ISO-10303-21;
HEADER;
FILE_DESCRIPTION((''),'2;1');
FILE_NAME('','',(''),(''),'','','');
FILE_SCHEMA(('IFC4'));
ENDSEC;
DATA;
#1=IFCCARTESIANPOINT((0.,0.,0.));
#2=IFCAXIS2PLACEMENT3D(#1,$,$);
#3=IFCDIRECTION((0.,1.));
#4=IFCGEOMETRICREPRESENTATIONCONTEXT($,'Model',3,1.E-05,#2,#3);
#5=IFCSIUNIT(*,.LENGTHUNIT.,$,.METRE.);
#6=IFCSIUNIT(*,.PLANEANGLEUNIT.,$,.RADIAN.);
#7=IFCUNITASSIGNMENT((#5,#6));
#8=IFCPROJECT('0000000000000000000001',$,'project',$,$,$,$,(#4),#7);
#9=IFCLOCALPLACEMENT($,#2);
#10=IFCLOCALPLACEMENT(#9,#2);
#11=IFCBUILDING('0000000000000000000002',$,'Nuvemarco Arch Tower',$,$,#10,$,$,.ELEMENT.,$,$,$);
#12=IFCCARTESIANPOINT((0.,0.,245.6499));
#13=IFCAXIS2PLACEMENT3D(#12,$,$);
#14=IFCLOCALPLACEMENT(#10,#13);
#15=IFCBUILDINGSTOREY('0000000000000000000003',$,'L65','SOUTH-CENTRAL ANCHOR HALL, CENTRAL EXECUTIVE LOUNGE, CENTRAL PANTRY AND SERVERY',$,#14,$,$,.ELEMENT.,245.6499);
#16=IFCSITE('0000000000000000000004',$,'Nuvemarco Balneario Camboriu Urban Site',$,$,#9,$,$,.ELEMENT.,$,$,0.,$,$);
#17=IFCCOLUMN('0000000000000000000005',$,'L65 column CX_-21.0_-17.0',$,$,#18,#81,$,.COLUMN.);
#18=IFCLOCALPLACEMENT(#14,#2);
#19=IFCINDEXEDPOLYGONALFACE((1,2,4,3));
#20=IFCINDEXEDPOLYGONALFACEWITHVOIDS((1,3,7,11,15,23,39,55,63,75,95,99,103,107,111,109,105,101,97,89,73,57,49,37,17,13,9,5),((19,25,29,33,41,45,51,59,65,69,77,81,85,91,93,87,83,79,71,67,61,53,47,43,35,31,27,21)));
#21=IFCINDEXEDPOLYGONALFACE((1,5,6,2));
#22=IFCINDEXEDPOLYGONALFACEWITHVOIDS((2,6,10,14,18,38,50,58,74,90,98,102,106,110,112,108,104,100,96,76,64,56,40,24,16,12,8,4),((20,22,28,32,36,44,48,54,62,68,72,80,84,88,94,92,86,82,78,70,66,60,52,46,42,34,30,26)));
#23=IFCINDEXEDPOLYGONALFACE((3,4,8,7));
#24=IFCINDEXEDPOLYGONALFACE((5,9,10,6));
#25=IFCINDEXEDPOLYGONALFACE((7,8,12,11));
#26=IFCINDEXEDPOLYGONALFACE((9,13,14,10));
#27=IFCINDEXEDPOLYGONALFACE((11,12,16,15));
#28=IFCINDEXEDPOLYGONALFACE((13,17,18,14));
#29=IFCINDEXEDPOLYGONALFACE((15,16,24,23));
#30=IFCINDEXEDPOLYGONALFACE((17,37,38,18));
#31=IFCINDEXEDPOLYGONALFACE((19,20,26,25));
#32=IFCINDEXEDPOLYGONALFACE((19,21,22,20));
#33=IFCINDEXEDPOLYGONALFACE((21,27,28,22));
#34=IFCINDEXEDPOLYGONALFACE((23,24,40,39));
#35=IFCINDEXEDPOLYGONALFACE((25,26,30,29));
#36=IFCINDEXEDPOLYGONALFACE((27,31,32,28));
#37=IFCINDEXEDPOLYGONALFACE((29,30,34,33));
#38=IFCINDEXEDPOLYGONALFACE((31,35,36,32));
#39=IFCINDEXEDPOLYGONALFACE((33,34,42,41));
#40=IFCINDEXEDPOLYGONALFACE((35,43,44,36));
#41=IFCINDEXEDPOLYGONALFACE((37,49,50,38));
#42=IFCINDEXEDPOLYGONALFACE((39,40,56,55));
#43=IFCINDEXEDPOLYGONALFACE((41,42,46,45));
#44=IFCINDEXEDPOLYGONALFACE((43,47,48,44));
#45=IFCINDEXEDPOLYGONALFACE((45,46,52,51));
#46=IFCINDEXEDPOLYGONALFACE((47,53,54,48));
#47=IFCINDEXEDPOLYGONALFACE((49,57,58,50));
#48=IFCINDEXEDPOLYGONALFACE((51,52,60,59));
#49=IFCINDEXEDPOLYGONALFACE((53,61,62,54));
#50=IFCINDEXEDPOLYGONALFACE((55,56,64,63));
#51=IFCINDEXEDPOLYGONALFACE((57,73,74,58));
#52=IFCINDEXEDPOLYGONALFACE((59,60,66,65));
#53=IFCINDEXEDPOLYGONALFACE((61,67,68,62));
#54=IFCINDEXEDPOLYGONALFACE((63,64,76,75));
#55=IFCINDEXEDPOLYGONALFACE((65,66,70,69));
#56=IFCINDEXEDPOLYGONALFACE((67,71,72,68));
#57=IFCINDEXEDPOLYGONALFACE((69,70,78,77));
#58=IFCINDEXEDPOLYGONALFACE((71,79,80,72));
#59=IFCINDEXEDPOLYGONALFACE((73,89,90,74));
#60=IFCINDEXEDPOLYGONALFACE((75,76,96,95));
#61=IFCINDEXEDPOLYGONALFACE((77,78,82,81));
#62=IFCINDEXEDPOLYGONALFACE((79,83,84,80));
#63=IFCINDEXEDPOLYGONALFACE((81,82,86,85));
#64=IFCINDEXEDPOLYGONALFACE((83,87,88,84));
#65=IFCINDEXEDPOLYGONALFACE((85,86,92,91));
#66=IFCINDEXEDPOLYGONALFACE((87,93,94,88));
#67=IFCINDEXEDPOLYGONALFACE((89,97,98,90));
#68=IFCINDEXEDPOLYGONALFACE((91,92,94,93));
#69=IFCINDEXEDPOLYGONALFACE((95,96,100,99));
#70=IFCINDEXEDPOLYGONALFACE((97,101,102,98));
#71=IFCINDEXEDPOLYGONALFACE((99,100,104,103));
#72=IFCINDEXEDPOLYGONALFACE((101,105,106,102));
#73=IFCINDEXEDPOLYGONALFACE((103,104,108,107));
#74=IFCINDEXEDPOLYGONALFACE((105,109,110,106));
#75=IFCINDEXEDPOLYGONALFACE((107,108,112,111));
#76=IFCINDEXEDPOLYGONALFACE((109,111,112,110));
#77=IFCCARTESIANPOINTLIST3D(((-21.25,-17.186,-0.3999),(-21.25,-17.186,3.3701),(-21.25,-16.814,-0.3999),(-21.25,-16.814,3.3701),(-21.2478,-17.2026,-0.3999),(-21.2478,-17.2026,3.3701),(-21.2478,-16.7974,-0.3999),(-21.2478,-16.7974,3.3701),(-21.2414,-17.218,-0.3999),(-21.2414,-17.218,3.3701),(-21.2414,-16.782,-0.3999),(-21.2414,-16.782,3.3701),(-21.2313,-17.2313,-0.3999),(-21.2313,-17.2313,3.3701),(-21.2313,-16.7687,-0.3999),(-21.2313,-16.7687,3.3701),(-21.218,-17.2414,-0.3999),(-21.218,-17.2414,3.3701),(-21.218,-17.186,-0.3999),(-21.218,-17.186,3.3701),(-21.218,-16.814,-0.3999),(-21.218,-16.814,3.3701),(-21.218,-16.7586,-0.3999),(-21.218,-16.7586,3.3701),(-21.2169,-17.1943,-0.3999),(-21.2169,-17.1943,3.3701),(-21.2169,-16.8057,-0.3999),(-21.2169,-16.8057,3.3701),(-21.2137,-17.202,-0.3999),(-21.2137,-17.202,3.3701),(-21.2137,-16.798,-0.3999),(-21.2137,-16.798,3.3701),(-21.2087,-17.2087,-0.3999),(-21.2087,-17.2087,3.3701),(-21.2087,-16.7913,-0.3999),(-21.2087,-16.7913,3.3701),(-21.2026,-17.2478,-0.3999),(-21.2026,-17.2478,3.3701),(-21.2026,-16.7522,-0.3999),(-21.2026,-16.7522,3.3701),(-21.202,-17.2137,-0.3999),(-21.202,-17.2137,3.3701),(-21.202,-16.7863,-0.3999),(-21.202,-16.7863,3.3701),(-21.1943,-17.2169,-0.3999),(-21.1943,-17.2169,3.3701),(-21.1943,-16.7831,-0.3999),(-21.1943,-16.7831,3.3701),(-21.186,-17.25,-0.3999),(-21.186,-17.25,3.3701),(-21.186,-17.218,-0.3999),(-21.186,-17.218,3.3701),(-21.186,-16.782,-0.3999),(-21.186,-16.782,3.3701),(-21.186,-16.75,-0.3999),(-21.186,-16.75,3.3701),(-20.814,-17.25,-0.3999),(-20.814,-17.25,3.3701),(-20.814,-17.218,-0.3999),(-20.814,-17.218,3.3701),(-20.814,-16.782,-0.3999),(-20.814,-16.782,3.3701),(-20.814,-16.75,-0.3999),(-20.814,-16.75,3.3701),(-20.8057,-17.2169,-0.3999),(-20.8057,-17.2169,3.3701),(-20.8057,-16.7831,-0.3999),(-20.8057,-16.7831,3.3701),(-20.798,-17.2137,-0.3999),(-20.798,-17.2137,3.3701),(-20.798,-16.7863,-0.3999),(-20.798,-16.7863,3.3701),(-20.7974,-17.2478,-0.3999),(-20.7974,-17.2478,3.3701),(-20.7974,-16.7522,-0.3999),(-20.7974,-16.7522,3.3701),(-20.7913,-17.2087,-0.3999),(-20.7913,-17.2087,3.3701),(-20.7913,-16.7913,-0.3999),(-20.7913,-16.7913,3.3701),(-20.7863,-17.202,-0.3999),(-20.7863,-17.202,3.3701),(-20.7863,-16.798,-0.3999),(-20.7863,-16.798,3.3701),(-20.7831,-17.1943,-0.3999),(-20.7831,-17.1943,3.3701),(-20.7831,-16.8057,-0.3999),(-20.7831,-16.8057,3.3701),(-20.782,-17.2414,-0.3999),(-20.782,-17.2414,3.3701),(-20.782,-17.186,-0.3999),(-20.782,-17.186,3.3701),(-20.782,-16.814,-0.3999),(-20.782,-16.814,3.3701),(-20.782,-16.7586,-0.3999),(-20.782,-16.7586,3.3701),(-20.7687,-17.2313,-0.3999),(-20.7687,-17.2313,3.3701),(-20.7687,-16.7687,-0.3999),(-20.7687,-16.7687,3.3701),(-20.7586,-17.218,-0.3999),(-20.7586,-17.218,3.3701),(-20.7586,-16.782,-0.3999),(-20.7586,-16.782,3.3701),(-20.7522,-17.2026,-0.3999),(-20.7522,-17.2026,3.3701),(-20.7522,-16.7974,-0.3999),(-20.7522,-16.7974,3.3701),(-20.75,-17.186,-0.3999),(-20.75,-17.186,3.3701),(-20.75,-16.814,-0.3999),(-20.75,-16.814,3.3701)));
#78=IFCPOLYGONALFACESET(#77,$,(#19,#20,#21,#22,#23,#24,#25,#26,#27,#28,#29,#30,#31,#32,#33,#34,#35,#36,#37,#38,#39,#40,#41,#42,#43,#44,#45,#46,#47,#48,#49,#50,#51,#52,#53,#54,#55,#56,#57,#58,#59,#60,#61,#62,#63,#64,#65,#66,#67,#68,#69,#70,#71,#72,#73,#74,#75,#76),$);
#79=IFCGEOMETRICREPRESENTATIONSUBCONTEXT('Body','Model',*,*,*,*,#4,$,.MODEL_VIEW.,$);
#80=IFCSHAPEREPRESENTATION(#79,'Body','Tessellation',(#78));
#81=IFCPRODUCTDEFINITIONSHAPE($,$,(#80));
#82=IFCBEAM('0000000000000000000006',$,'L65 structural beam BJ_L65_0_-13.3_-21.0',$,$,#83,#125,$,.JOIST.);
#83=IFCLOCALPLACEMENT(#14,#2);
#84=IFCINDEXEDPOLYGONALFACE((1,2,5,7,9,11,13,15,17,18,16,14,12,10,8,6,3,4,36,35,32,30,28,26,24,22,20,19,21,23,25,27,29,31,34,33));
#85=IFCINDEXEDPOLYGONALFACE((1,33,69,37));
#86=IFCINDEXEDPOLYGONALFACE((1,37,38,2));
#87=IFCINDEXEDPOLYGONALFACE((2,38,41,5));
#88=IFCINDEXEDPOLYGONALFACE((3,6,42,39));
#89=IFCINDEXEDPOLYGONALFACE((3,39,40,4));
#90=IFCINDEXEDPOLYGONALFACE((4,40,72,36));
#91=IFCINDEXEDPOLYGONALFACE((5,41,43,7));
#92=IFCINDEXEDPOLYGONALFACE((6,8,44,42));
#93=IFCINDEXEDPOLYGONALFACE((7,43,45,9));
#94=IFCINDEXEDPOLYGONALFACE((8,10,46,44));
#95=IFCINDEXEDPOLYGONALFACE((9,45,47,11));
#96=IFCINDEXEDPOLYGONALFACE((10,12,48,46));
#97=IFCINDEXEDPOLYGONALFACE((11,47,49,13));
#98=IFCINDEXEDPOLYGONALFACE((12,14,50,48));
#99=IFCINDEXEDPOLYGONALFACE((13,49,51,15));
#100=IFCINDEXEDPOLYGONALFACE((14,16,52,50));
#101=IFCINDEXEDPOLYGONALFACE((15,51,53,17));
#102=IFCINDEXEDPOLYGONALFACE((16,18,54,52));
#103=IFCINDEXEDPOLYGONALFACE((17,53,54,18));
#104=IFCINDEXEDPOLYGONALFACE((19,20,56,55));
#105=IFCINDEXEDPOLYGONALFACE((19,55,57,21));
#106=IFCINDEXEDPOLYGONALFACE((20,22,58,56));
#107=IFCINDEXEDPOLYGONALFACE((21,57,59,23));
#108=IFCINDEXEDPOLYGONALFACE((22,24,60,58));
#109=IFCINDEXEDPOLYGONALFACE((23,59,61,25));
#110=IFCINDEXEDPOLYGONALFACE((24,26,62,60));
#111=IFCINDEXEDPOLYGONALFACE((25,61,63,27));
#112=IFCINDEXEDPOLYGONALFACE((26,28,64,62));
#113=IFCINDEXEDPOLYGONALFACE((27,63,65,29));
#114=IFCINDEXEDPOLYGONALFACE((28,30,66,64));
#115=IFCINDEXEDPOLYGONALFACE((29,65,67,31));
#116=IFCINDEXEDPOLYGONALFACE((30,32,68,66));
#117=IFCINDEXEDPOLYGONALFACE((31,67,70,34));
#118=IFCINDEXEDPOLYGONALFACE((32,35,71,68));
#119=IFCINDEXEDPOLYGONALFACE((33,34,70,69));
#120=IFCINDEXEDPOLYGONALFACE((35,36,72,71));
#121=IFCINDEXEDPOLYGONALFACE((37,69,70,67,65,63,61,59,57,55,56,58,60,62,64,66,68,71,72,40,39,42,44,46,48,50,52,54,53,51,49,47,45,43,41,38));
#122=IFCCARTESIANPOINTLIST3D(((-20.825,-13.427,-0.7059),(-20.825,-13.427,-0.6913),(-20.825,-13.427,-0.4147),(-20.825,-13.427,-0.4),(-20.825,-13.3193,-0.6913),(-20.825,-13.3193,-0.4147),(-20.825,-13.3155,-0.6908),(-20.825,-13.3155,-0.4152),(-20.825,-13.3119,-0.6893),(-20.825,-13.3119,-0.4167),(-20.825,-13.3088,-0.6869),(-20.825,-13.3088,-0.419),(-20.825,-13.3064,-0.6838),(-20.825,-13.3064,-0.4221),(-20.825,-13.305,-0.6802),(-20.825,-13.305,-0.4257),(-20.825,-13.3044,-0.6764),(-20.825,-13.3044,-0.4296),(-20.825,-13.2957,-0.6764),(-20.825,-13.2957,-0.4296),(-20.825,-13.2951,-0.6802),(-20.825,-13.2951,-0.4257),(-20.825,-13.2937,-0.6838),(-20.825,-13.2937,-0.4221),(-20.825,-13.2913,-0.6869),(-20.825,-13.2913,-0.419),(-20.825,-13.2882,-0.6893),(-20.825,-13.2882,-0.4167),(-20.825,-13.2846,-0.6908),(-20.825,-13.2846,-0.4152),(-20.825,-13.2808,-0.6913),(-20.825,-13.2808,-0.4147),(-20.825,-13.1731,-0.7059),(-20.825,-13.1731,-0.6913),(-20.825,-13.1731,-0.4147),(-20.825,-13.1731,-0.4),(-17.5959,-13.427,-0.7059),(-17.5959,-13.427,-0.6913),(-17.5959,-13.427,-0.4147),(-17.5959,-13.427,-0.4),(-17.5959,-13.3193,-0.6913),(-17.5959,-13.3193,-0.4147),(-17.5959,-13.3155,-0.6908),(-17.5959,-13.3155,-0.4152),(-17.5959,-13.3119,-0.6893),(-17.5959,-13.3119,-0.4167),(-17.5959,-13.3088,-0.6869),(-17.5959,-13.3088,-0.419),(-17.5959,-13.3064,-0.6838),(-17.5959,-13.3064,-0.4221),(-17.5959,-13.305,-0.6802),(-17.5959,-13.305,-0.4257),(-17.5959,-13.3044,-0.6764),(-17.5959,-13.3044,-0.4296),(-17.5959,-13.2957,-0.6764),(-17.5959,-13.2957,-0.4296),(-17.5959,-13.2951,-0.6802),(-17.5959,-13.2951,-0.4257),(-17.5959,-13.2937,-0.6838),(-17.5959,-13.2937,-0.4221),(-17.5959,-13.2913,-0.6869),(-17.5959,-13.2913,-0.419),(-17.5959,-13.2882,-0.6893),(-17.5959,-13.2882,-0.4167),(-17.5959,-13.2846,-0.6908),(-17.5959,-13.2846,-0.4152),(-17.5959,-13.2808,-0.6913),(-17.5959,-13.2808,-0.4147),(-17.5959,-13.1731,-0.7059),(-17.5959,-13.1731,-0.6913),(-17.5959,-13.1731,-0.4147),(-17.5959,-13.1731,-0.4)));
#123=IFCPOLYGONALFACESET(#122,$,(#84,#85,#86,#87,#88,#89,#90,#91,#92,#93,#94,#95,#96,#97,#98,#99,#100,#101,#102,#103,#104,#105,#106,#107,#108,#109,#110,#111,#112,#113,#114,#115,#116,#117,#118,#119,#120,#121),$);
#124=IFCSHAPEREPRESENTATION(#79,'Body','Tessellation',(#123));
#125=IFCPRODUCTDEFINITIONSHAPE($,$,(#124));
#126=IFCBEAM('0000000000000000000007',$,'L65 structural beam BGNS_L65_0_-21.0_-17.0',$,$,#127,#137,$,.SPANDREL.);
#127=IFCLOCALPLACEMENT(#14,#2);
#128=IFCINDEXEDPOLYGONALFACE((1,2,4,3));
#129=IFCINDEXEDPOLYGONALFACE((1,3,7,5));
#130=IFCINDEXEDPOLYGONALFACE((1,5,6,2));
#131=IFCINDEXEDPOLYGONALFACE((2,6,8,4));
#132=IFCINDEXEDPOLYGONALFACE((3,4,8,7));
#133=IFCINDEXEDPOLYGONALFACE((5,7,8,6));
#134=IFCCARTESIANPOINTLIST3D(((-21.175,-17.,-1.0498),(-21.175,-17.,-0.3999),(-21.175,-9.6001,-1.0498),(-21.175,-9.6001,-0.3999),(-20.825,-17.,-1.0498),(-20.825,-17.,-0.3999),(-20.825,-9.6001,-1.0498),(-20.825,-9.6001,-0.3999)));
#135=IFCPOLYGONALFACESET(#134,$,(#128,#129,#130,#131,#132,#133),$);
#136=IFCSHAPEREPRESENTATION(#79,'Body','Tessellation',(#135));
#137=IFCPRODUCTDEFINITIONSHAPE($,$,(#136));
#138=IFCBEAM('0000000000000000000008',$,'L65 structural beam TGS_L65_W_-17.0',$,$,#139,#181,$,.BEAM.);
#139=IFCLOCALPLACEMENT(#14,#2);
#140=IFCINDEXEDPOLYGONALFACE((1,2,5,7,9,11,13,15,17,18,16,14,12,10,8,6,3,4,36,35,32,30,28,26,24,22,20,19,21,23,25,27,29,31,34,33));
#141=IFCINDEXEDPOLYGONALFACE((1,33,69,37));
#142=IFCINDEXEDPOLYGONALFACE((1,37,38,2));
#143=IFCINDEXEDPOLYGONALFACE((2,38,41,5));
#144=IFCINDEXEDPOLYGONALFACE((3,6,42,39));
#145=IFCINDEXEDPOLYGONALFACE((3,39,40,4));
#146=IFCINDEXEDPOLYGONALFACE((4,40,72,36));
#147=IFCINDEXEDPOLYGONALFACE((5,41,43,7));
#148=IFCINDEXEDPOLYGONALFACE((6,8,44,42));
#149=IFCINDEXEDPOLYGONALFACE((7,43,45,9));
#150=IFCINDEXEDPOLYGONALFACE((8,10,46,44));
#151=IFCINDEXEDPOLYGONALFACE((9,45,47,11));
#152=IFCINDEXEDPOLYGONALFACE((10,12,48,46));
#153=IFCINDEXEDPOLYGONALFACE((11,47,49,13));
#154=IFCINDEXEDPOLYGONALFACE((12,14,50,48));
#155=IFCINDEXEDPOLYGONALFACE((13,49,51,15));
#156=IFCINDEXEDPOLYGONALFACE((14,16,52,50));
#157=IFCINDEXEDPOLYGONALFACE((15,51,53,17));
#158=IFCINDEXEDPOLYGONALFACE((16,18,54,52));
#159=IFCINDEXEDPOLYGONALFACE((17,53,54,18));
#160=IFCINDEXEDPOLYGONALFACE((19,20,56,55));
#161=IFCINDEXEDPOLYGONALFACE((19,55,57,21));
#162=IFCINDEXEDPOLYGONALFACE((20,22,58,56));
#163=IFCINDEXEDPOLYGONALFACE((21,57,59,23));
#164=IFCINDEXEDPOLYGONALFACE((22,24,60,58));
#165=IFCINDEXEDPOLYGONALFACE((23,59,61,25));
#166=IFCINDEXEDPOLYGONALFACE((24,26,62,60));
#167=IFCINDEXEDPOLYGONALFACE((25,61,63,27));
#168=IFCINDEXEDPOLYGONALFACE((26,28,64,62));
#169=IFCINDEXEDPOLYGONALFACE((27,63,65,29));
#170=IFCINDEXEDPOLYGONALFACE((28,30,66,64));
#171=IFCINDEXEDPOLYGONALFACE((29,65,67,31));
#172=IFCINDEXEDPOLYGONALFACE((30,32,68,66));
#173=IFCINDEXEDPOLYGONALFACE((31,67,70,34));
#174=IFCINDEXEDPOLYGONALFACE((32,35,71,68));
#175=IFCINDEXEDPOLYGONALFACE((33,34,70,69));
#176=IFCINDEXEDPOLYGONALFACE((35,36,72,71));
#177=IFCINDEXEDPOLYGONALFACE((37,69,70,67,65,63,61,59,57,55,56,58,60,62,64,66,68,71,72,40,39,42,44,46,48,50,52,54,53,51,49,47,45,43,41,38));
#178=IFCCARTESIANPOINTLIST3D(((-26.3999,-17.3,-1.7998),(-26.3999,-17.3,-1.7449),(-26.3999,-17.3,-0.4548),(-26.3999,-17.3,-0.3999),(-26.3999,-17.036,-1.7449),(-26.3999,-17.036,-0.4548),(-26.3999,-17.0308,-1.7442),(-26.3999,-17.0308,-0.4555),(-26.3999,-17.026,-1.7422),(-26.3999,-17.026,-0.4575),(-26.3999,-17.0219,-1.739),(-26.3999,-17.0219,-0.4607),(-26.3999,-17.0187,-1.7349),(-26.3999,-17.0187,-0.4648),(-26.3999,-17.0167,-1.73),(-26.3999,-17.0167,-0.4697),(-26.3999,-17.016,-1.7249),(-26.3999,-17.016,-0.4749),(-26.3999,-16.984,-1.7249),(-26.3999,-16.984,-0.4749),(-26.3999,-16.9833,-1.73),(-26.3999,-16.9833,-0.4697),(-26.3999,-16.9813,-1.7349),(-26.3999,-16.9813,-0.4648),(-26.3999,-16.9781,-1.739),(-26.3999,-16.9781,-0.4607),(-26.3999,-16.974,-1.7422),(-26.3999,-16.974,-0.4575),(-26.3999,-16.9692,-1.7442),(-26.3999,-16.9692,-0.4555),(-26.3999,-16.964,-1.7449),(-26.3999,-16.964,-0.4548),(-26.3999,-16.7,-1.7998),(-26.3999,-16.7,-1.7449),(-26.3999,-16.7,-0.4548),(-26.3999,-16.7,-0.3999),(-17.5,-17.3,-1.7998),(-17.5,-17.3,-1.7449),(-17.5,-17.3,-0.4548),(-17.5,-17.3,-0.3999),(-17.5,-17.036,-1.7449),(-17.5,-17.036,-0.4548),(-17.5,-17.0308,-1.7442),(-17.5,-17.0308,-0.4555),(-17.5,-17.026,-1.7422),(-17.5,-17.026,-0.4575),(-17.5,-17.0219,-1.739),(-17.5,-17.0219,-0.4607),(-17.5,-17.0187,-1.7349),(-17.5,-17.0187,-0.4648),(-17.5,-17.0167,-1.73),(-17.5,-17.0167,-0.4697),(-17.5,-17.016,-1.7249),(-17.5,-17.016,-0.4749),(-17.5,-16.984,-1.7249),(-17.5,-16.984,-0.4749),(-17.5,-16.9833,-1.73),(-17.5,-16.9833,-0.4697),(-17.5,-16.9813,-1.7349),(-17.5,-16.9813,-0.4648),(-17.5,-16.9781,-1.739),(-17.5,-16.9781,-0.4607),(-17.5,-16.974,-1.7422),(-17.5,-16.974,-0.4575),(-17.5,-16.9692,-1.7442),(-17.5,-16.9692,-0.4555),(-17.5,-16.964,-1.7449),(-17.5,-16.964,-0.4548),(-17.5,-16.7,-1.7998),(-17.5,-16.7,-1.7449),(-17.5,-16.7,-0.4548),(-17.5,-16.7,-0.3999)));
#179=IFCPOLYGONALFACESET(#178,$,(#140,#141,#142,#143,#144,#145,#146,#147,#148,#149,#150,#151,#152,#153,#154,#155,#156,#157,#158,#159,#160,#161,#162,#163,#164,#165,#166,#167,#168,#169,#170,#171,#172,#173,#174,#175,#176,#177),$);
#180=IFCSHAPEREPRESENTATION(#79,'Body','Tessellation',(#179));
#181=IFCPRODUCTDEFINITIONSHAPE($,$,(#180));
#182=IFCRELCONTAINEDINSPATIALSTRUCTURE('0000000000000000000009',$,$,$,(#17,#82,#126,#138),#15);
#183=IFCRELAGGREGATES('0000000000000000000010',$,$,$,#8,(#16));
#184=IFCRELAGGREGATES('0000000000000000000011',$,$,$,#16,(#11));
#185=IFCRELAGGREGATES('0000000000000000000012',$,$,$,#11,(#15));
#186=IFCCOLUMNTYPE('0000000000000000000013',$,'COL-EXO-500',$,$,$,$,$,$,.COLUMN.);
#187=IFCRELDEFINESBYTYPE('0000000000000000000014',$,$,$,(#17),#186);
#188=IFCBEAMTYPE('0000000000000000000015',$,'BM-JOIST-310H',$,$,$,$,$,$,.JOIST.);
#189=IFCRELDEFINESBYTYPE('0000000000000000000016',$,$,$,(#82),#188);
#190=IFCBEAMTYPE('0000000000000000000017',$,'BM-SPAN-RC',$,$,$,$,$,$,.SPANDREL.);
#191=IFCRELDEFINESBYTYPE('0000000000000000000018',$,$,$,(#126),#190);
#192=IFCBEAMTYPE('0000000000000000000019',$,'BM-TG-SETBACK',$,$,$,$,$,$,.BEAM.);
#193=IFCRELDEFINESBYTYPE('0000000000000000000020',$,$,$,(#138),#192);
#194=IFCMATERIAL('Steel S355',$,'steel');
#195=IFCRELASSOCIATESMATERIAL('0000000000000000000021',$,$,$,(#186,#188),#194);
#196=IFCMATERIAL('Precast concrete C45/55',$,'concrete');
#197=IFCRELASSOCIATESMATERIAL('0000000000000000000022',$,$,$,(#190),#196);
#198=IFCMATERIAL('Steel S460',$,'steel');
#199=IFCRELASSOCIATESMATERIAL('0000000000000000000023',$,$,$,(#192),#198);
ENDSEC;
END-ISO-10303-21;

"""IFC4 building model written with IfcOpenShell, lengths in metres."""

from ifc_helpers import new_model, si_unit, direction, frame, origin, origin_2d, place, context, subcontext, project, spatial, rectangle, hollow_rectangle, i_section, extrude, material, material_profile, profile_set, type_object, element, save


model = new_model("IFC4")

# Units and contexts
model_context = context("Model", 3, precision=1e-05, world=origin(), true_north=direction((0.0, 1.0)))
body_context = subcontext(model_context, "Body", "Model", "MODEL_VIEW")
ifc_project = project(units=[si_unit("LENGTHUNIT", "METRE"), si_unit("PLANEANGLEUNIT", "RADIAN")], contexts=[model_context])

# Site, building, storey
site_placement = place(None, origin())
site = spatial("IfcSite", under=ifc_project, at=site_placement, Name="Nuvemarco Balneario Camboriu Urban Site", CompositionType="ELEMENT", RefElevation=0.0)
building_placement = place(site_placement, origin())
building = spatial("IfcBuilding", under=site, at=building_placement, Name="Nuvemarco Arch Tower", CompositionType="ELEMENT")
storey_placement = place(building_placement, frame((0.0, 0.0, 245.6499)))
storey = spatial("IfcBuildingStorey", under=building, at=storey_placement, Name="L65", Description="SOUTH-CENTRAL ANCHOR HALL, CENTRAL EXECUTIVE LOUNGE, CENTRAL PANTRY AND SERVERY", CompositionType="ELEMENT", Elevation=245.6499)

# Column
ifc_material_1 = material(Name="Steel S355", Category="steel")
ifc_material_profile_1 = material_profile(ifc_material_1, hollow_rectangle(XDim=0.5, YDim=0.5, WallThickness=0.032, InnerFilletRadius=0.032, OuterFilletRadius=0.064, at=origin_2d()), Name="SHS500x500x32")
ifc_profile_set_1 = profile_set([ifc_material_profile_1], Name="Steel S355")
column_type = type_object("IfcColumnType", Name="COL-EXO-500", PredefinedType="COLUMN", material=ifc_profile_set_1)
column_placement = place(storey_placement, frame((-21.0, -17.0, -0.3999), z_axis=(0.0, 0.0, 1.0), x_axis=(1.0, 0.0, 0.0)))
element("IfcColumn", 1, at=column_placement, inside=storey, type_object=column_type, Name="L65 column CX_-21.0_-17.0", PredefinedType="COLUMN", context=body_context, shape_type="SweptSolid", body=[
    extrude(hollow_rectangle(XDim=0.5, YDim=0.5, WallThickness=0.032, InnerFilletRadius=0.032, OuterFilletRadius=0.064, at=origin_2d()), origin(), (0.0, 0.0, 1.0), 3.77),
])

# Beams
ifc_material_profile_2 = material_profile(ifc_material_1, i_section(OverallWidth=0.2539, OverallDepth=0.3059, WebThickness=0.0088, FlangeThickness=0.0146, FilletRadius=0.0149, at=origin_2d()), Name="W310x79")
ifc_profile_set_2 = profile_set([ifc_material_profile_2], Name="Steel S355")
beam_type_1 = type_object("IfcBeamType", Name="BM-JOIST-310H", PredefinedType="JOIST", material=ifc_profile_set_2)
beam_1_placement = place(storey_placement, frame((-20.825, -13.3, -0.553), z_axis=(1.0, 0.0, 0.0), x_axis=(0.0, 1.0, 0.0)))
element("IfcBeam", 2, at=beam_1_placement, inside=storey, type_object=beam_type_1, Name="L65 structural beam BJ_L65_0_-13.3_-21.0", PredefinedType="JOIST", context=body_context, shape_type="SweptSolid", body=[
    extrude(i_section(OverallWidth=0.2539, OverallDepth=0.3059, WebThickness=0.0088, FlangeThickness=0.0146, FilletRadius=0.0149, at=origin_2d()), origin(), (0.0, 0.0, 1.0), 3.229),
])
ifc_material_2 = material(Name="Precast concrete C45/55", Category="concrete")
ifc_material_profile_3 = material_profile(ifc_material_2, rectangle(XDim=0.3501, YDim=0.6499, at=origin_2d()), Name="PC-SP-350x650")
ifc_profile_set_3 = profile_set([ifc_material_profile_3], Name="Precast concrete C45/55")
beam_type_2 = type_object("IfcBeamType", Name="BM-SPAN-RC", PredefinedType="SPANDREL", material=ifc_profile_set_3)
beam_2_placement = place(storey_placement, frame((-21.0, -17.0, -0.7249), z_axis=(0.0, 1.0, 0.0), x_axis=(-1.0, 0.0, 0.0)))
element("IfcBeam", 3, at=beam_2_placement, inside=storey, type_object=beam_type_2, Name="L65 structural beam BGNS_L65_0_-21.0_-17.0", PredefinedType="SPANDREL", context=body_context, shape_type="SweptSolid", body=[
    extrude(rectangle(XDim=0.3501, YDim=0.6499, at=origin_2d()), origin(), (0.0, 0.0, 1.0), 7.3999),
])
ifc_material_3 = material(Name="Steel S460", Category="steel")
ifc_material_profile_4 = material_profile(ifc_material_3, i_section(OverallWidth=0.6001, OverallDepth=1.3999, WebThickness=0.032, FlangeThickness=0.0549, FilletRadius=0.02, at=origin_2d()), Name="PG1400x600")
ifc_profile_set_4 = profile_set([ifc_material_profile_4], Name="Steel S460")
beam_type_3 = type_object("IfcBeamType", Name="BM-TG-SETBACK", PredefinedType="BEAM", material=ifc_profile_set_4)
beam_3_placement = place(storey_placement, frame((-26.3999, -17.0, -1.0999), z_axis=(1.0, 0.0, 0.0), x_axis=(0.0, 1.0, 0.0)))
element("IfcBeam", 4, at=beam_3_placement, inside=storey, type_object=beam_type_3, Name="L65 structural beam TGS_L65_W_-17.0", PredefinedType="BEAM", context=body_context, shape_type="SweptSolid", body=[
    extrude(i_section(OverallWidth=0.6001, OverallDepth=1.3999, WebThickness=0.032, FlangeThickness=0.0549, FilletRadius=0.02, at=origin_2d()), origin(), (0.0, 0.0, 1.0), 8.8999),
])

save(model, "model.ifc")
